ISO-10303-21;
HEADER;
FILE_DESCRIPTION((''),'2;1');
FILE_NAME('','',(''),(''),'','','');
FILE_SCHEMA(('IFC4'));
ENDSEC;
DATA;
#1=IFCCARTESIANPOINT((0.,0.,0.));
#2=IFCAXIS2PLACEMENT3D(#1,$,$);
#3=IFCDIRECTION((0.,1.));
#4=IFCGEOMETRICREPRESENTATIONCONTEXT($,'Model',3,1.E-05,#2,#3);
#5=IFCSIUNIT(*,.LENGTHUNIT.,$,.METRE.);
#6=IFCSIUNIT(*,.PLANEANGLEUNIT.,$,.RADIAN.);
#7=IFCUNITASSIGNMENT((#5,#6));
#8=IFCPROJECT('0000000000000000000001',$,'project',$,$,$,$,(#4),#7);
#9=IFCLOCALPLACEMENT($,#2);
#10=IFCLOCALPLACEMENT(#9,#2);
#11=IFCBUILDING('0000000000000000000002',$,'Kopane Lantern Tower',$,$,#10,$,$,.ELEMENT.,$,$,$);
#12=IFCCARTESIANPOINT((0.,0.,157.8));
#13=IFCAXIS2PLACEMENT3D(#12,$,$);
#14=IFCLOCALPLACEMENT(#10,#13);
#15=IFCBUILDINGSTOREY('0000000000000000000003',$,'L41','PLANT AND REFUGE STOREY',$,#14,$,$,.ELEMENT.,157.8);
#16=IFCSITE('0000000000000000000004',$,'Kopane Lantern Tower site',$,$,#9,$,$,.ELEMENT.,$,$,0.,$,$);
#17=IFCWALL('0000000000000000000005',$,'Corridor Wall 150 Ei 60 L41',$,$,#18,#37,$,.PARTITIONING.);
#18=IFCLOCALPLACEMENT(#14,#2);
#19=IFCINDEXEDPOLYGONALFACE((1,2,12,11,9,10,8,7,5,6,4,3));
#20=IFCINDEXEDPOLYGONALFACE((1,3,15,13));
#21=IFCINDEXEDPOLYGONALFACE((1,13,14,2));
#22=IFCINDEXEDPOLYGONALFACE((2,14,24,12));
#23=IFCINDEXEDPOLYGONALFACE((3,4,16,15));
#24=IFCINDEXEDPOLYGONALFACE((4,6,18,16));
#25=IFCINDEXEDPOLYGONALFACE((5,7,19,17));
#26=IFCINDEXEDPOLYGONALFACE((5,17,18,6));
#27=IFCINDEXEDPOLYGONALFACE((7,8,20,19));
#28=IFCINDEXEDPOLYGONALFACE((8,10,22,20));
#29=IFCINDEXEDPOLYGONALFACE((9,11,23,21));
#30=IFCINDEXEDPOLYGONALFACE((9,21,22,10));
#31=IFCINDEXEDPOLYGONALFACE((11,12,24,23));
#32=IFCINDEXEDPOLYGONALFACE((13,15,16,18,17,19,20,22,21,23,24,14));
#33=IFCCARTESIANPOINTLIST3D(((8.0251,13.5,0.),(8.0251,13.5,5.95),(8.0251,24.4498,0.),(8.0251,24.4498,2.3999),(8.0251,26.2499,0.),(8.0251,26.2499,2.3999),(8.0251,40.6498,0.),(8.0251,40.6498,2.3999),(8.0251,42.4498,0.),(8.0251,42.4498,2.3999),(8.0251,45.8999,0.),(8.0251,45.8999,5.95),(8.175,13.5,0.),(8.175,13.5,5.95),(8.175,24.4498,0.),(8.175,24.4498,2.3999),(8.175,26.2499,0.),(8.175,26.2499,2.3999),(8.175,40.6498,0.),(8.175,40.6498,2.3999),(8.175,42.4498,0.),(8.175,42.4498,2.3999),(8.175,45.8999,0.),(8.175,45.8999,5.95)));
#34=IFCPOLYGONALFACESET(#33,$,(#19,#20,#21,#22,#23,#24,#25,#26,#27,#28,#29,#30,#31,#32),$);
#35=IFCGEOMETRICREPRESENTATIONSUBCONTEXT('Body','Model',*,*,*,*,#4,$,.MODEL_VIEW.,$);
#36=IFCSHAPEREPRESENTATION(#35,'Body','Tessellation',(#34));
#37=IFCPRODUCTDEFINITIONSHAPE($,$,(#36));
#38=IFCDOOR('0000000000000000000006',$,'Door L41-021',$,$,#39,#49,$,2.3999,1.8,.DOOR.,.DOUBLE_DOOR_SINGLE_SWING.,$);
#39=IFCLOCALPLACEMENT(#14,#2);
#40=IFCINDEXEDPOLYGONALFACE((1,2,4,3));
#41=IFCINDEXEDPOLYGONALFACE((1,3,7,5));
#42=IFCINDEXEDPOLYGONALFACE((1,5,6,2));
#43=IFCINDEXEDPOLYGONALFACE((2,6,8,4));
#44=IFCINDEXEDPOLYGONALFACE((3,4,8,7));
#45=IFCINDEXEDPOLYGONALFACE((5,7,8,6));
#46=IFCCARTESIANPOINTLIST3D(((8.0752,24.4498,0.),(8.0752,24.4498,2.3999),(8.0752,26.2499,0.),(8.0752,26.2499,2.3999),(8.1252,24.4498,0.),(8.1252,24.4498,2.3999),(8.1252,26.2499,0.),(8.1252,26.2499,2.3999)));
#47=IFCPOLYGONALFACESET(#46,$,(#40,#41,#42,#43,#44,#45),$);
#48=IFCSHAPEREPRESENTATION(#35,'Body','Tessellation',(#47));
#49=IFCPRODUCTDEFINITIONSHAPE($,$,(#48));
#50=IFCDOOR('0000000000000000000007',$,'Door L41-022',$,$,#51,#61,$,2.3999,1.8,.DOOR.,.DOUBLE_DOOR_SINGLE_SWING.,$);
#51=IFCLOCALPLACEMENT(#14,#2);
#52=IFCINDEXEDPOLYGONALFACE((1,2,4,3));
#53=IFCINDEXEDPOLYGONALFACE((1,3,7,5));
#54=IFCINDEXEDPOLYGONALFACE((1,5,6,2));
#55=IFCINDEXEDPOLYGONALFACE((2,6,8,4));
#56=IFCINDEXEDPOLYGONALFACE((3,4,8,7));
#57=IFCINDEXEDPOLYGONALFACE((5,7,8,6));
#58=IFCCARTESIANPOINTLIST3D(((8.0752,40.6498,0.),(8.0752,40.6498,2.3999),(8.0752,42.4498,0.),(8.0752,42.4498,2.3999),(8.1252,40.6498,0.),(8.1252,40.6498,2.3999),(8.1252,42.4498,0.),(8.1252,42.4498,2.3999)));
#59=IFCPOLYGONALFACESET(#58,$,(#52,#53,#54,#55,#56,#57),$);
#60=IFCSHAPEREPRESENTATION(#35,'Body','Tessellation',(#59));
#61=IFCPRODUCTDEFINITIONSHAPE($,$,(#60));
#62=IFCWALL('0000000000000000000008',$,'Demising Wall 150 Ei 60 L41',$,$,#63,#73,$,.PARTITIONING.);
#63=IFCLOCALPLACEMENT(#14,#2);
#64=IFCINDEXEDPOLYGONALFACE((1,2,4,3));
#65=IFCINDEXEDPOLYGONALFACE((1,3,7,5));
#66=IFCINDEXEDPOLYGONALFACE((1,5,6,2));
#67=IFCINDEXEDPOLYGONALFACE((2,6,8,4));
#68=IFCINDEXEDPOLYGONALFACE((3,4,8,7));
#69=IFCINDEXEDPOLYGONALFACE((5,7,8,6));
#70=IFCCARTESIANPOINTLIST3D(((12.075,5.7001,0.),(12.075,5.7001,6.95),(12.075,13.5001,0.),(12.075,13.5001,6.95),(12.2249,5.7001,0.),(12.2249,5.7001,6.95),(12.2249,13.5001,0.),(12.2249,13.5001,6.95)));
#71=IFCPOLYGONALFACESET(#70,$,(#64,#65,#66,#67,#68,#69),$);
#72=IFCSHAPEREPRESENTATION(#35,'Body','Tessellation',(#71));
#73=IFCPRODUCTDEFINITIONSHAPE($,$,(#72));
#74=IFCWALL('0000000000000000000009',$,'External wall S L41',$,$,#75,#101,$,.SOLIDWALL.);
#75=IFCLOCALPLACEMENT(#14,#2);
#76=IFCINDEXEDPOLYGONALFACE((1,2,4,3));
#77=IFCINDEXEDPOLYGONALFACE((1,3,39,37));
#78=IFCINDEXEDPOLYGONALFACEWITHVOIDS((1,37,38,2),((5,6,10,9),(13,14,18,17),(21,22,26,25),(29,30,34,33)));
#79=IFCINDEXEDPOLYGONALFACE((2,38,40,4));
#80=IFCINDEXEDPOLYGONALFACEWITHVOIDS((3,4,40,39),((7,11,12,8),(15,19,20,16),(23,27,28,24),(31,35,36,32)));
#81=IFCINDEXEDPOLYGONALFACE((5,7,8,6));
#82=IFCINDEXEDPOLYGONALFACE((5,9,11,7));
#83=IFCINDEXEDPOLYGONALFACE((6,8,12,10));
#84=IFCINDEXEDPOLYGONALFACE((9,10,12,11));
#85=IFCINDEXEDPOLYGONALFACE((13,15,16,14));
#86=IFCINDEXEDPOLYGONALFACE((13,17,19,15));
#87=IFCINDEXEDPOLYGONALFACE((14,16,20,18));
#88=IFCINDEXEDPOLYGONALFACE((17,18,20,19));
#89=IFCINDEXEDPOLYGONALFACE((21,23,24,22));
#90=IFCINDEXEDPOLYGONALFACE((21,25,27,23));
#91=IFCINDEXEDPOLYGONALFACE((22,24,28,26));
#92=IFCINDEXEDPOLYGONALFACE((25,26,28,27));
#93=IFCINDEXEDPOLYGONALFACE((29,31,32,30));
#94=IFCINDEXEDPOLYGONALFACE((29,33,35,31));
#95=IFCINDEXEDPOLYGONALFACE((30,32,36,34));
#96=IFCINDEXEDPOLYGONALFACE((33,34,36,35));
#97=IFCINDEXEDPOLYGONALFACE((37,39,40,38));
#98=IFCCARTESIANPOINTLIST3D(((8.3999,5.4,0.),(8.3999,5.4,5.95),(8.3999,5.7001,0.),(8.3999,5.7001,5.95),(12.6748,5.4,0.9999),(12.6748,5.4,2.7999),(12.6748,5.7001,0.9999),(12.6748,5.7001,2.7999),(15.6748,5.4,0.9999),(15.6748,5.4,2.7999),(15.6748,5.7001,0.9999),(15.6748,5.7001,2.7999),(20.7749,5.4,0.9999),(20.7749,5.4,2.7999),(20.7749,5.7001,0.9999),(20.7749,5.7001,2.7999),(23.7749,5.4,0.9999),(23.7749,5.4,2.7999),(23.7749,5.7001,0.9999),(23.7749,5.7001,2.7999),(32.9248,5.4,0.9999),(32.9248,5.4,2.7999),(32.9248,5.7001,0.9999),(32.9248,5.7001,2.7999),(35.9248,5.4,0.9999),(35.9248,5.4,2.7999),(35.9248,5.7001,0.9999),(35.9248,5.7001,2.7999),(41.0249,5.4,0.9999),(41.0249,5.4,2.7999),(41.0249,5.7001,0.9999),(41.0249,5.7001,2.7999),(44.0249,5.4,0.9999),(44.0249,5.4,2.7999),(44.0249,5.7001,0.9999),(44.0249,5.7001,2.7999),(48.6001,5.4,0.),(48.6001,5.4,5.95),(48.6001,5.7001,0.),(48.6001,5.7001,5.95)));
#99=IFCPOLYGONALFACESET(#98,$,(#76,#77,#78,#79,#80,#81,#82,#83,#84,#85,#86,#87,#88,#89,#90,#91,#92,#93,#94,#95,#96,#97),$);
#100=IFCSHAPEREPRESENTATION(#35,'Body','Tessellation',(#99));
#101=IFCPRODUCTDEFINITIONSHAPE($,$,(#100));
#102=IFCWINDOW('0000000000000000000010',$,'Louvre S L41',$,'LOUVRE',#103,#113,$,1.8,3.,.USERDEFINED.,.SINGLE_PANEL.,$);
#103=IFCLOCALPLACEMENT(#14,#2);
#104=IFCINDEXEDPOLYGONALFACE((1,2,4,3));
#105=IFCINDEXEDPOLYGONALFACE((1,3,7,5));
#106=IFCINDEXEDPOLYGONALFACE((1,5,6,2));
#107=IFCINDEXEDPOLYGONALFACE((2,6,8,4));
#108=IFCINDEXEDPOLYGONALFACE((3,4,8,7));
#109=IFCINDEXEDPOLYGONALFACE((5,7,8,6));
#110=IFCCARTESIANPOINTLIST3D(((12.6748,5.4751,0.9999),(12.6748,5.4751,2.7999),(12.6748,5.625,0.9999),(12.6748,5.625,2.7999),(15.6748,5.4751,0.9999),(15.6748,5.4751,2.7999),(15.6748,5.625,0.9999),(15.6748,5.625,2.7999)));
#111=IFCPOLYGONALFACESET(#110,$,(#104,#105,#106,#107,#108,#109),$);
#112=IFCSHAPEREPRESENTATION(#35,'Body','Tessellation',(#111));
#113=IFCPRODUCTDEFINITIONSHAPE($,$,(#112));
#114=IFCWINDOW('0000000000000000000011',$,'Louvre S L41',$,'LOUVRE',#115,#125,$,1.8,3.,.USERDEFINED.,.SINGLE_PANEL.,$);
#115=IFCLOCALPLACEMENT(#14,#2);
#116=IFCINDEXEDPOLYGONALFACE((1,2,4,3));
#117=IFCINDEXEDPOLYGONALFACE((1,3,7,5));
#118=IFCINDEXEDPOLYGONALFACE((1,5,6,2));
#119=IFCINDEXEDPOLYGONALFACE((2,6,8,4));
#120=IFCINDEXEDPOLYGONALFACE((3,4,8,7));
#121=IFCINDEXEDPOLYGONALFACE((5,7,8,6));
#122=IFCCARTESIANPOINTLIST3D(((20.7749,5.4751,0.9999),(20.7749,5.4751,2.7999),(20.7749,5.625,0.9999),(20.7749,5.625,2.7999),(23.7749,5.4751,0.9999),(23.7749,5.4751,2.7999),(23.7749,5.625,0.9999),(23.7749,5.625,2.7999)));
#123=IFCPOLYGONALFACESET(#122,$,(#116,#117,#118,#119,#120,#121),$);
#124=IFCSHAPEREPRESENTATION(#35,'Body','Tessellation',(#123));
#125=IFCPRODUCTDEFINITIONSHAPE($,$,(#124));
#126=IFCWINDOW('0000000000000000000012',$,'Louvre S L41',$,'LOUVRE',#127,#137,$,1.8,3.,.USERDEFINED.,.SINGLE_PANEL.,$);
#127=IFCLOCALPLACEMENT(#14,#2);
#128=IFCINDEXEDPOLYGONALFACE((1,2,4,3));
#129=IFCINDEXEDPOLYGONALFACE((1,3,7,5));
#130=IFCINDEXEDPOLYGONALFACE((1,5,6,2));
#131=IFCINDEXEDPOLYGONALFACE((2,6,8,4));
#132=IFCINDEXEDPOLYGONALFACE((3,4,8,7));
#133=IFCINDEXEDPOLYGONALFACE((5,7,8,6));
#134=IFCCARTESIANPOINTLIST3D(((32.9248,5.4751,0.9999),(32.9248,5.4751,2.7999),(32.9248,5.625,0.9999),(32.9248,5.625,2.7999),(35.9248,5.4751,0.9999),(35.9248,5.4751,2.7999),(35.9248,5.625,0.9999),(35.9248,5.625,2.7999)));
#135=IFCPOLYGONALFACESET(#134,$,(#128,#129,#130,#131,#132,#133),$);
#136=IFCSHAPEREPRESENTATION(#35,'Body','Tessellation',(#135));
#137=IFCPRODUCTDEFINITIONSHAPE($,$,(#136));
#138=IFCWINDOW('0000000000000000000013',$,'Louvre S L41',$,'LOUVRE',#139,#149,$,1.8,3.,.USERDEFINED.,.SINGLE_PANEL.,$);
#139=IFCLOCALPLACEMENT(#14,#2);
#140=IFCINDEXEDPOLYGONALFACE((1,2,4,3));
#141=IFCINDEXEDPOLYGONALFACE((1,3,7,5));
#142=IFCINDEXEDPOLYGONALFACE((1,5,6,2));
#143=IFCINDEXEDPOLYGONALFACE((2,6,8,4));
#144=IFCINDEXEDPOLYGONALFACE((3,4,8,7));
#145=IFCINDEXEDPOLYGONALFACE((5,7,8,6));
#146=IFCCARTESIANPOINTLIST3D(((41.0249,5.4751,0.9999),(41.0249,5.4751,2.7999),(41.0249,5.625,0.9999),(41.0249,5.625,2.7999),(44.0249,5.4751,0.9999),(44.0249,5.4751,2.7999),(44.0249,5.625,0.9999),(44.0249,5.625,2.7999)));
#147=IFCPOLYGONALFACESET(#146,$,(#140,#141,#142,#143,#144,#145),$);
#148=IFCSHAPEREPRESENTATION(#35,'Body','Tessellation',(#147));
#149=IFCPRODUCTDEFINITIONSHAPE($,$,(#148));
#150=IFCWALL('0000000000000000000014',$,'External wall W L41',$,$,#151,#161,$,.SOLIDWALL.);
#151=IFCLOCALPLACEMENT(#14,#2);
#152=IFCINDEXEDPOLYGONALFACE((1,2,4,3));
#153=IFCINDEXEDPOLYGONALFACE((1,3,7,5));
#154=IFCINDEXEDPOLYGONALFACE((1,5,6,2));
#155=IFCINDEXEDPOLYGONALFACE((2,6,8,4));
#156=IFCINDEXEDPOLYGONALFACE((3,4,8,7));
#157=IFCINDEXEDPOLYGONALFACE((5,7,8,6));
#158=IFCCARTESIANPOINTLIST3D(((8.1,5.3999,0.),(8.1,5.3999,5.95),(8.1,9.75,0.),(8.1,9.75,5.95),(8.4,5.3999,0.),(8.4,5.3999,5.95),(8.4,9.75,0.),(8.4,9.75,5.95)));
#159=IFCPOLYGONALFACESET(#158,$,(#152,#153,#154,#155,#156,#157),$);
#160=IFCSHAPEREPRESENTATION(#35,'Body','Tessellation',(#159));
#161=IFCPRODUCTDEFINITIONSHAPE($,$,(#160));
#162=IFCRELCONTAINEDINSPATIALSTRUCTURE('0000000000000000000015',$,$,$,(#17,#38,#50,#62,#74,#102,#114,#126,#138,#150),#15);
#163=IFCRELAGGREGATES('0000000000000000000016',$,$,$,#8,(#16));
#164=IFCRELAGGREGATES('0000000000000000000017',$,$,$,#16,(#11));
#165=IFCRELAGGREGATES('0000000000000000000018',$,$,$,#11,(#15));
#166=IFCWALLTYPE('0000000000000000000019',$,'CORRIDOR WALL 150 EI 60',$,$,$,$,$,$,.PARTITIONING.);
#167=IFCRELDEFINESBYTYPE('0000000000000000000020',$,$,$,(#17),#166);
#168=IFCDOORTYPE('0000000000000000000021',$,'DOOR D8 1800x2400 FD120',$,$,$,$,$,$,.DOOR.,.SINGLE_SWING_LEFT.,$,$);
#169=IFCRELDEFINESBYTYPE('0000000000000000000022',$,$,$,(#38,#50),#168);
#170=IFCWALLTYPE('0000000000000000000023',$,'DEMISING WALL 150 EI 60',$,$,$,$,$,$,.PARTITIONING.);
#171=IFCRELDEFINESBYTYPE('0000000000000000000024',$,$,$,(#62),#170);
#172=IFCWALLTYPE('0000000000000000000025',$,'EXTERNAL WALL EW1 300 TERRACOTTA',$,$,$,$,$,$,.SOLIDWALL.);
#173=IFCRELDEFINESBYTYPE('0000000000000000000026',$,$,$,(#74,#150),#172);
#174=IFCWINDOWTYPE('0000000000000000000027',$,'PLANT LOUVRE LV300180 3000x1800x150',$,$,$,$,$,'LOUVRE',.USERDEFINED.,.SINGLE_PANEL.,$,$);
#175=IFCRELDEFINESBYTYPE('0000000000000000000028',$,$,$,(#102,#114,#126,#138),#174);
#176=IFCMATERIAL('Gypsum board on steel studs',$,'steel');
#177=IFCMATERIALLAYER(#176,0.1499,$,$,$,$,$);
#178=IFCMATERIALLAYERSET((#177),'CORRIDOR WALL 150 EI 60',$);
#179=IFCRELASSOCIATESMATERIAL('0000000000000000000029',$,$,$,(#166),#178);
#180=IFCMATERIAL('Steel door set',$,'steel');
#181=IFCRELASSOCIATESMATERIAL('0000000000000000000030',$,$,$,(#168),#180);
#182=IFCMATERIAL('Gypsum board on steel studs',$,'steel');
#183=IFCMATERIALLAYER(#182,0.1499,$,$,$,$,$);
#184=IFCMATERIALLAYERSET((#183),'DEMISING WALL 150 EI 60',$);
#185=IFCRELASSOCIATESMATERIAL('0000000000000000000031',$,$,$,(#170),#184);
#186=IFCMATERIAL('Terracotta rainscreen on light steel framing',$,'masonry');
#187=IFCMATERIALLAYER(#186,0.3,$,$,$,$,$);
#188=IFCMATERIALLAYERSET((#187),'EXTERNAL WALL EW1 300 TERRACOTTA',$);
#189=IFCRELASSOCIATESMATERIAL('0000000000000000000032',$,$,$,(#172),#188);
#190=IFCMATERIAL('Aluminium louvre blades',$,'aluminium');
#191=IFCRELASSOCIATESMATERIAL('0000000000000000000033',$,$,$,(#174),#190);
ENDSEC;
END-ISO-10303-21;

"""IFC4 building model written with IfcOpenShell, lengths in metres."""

from ifc_helpers import new_model, si_unit, direction, frame, frame_2d, origin, place, context, subcontext, project, spatial, rectangle, extrude, material, layer, layer_set, type_object, element, fill, save


model = new_model("IFC4")

# Units and contexts
model_context = context("Model", 3, precision=1e-05, world=origin(), true_north=direction((0.0, 1.0)))
body_context = subcontext(model_context, "Body", "Model", "MODEL_VIEW")
ifc_project = project(units=[si_unit("LENGTHUNIT", "METRE"), si_unit("PLANEANGLEUNIT", "RADIAN")], contexts=[model_context])

# Site, building, storey
site_placement = place(None, origin())
site = spatial("IfcSite", under=ifc_project, at=site_placement, Name="Kopane Lantern Tower site", CompositionType="ELEMENT", RefElevation=0.0)
building_placement = place(site_placement, origin())
building = spatial("IfcBuilding", under=site, at=building_placement, Name="Kopane Lantern Tower", CompositionType="ELEMENT")
storey_placement = place(building_placement, frame((0.0, 0.0, 157.8)))
storey = spatial("IfcBuildingStorey", under=building, at=storey_placement, Name="L41", Description="PLANT AND REFUGE STOREY", CompositionType="ELEMENT", Elevation=157.8)

# Wall, openings, doors
ifc_material_1 = material(Name="Gypsum board on steel studs", Category="steel")
ifc_layer_1 = layer(ifc_material_1, 0.1499)
ifc_layer_set_1 = layer_set([ifc_layer_1], Name="CORRIDOR WALL 150 EI 60")
wall_type_1 = type_object("IfcWallType", Name="CORRIDOR WALL 150 EI 60", PredefinedType="PARTITIONING", material=ifc_layer_set_1)
ifc_material_2 = material(Name="Steel door set", Category="steel")
door_type_1 = type_object("IfcDoorType", Name="DOOR D8 1800x2400 FD120", OperationType="SINGLE_SWING_LEFT", PredefinedType="DOOR", material=ifc_material_2)
wall_1_placement = place(storey_placement, frame((8.1001, 13.5, 0.0), z_axis=(0.0, 0.0, 1.0), x_axis=(0.0, 1.0, 0.0)))
wall_1 = element("IfcWall", 1, at=wall_1_placement, inside=storey, type_object=wall_type_1, Name="Corridor Wall 150 Ei 60 L41", PredefinedType="PARTITIONING", context=body_context, shape_type="SweptSolid", body=[
    extrude(rectangle(XDim=32.3999, YDim=0.1499, at=frame_2d((16.2, 0.0))), origin(), (0.0, 0.0, 1.0), 5.95),
])
opening_1_placement = place(wall_1_placement, frame((10.95, 0.0, 0.0)))
opening_1 = element("IfcOpeningElement", 2, at=opening_1_placement, cuts=wall_1, PredefinedType="OPENING", context=body_context, shape_type="SweptSolid", body=[
    extrude(rectangle(XDim=1.8, YDim=2.3999, at=frame_2d((0.8999, 1.2))), frame((0.0, 0.085, 0.0), z_axis=(0.0, -1.0, 0.0), x_axis=(1.0, 0.0, 0.0)), (0.0, 0.0, 1.0), 0.1699),
])
opening_2_placement = place(wall_1_placement, frame((27.1499, 0.0, 0.0)))
opening_2 = element("IfcOpeningElement", 3, at=opening_2_placement, cuts=wall_1, PredefinedType="OPENING", context=body_context, shape_type="SweptSolid", body=[
    extrude(rectangle(XDim=1.8, YDim=2.3999, at=frame_2d((0.8999, 1.2))), frame((0.0, 0.085, 0.0), z_axis=(0.0, -1.0, 0.0), x_axis=(1.0, 0.0, 0.0)), (0.0, 0.0, 1.0), 0.1699),
])
door_1_placement = place(opening_1_placement, origin())
door_1 = element("IfcDoor", 4, at=door_1_placement, inside=storey, type_object=door_type_1, Name="Door L41-021", OperationType="DOUBLE_DOOR_SINGLE_SWING", OverallHeight=2.3999, OverallWidth=1.8, PredefinedType="DOOR", context=body_context, shape_type="SweptSolid", body=[
    extrude(rectangle(XDim=1.8, YDim=2.3999, at=frame_2d((0.8999, 1.2))), frame((0.0, 0.0249, 0.0), z_axis=(0.0, -1.0, 0.0), x_axis=(1.0, 0.0, 0.0)), (0.0, 0.0, 1.0), 0.05),
])
fill(opening_1, door_1)
door_2_placement = place(opening_2_placement, origin())
door_2 = element("IfcDoor", 5, at=door_2_placement, inside=storey, type_object=door_type_1, Name="Door L41-022", OperationType="DOUBLE_DOOR_SINGLE_SWING", OverallHeight=2.3999, OverallWidth=1.8, PredefinedType="DOOR", context=body_context, shape_type="SweptSolid", body=[
    extrude(rectangle(XDim=1.8, YDim=2.3999, at=frame_2d((0.8999, 1.2))), frame((0.0, 0.0249, 0.0), z_axis=(0.0, -1.0, 0.0), x_axis=(1.0, 0.0, 0.0)), (0.0, 0.0, 1.0), 0.05),
])
fill(opening_2, door_2)

# Wall
ifc_material_3 = material(Name="Gypsum board on steel studs", Category="steel")
ifc_layer_2 = layer(ifc_material_3, 0.1499)
ifc_layer_set_2 = layer_set([ifc_layer_2], Name="DEMISING WALL 150 EI 60")
wall_type_2 = type_object("IfcWallType", Name="DEMISING WALL 150 EI 60", PredefinedType="PARTITIONING", material=ifc_layer_set_2)
wall_2_placement = place(storey_placement, frame((12.1499, 13.5, 0.0), z_axis=(0.0, 0.0, 1.0), x_axis=(0.0, -1.0, 0.0)))
element("IfcWall", 6, at=wall_2_placement, inside=storey, type_object=wall_type_2, Name="Demising Wall 150 Ei 60 L41", PredefinedType="PARTITIONING", context=body_context, shape_type="SweptSolid", body=[
    extrude(rectangle(XDim=7.8, YDim=0.1499, at=frame_2d((3.8999, 0.0))), origin(), (0.0, 0.0, 1.0), 6.95),
])

# Wall, openings, windows
ifc_material_4 = material(Name="Terracotta rainscreen on light steel framing", Category="masonry")
ifc_layer_3 = layer(ifc_material_4, 0.3)
ifc_layer_set_3 = layer_set([ifc_layer_3], Name="EXTERNAL WALL EW1 300 TERRACOTTA")
wall_type_3 = type_object("IfcWallType", Name="EXTERNAL WALL EW1 300 TERRACOTTA", PredefinedType="SOLIDWALL", material=ifc_layer_set_3)
wall_3_placement = place(storey_placement, frame((8.3999, 5.55, 0.0), z_axis=(0.0, 0.0, 1.0), x_axis=(1.0, 0.0, 0.0)))
wall_3 = element("IfcWall", 7, at=wall_3_placement, inside=storey, type_object=wall_type_3, Name="External wall S L41", PredefinedType="SOLIDWALL", context=body_context, shape_type="SweptSolid", body=[
    extrude(rectangle(XDim=40.2002, YDim=0.3, at=frame_2d((20.1001, 0.0))), origin(), (0.0, 0.0, 1.0), 5.95),
])
opening_3_placement = place(wall_3_placement, frame((4.2749, 0.0, 1.0)))
opening_3 = element("IfcOpeningElement", 8, at=opening_3_placement, cuts=wall_3, PredefinedType="OPENING", context=body_context, shape_type="SweptSolid", body=[
    extrude(rectangle(XDim=3.0, YDim=1.8, at=frame_2d((1.5, 0.8999))), frame((0.0, 0.1599, 0.0), z_axis=(0.0, -1.0, 0.0), x_axis=(1.0, 0.0, 0.0)), (0.0, 0.0, 1.0), 0.3201),
])
opening_4_placement = place(wall_3_placement, frame((12.375, 0.0, 1.0)))
opening_4 = element("IfcOpeningElement", 9, at=opening_4_placement, cuts=wall_3, PredefinedType="OPENING", context=body_context, shape_type="SweptSolid", body=[
    extrude(rectangle(XDim=3.0, YDim=1.8, at=frame_2d((1.5, 0.8999))), frame((0.0, 0.1599, 0.0), z_axis=(0.0, -1.0, 0.0), x_axis=(1.0, 0.0, 0.0)), (0.0, 0.0, 1.0), 0.3201),
])
opening_5_placement = place(wall_3_placement, frame((24.5249, 0.0, 1.0)))
opening_5 = element("IfcOpeningElement", 10, at=opening_5_placement, cuts=wall_3, PredefinedType="OPENING", context=body_context, shape_type="SweptSolid", body=[
    extrude(rectangle(XDim=3.0, YDim=1.8, at=frame_2d((1.5, 0.8999))), frame((0.0, 0.1599, 0.0), z_axis=(0.0, -1.0, 0.0), x_axis=(1.0, 0.0, 0.0)), (0.0, 0.0, 1.0), 0.3201),
])
opening_6_placement = place(wall_3_placement, frame((32.625, 0.0, 1.0)))
opening_6 = element("IfcOpeningElement", 11, at=opening_6_placement, cuts=wall_3, PredefinedType="OPENING", context=body_context, shape_type="SweptSolid", body=[
    extrude(rectangle(XDim=3.0, YDim=1.8, at=frame_2d((1.5, 0.8999))), frame((0.0, 0.1599, 0.0), z_axis=(0.0, -1.0, 0.0), x_axis=(1.0, 0.0, 0.0)), (0.0, 0.0, 1.0), 0.3201),
])
ifc_material_5 = material(Name="Aluminium louvre blades", Category="aluminium")
window_type = type_object("IfcWindowType", Name="PLANT LOUVRE LV300180 3000x1800x150", ElementType="LOUVRE", PartitioningType="SINGLE_PANEL", PredefinedType="USERDEFINED", material=ifc_material_5)
window_1_placement = place(opening_3_placement, origin())
window_1 = element("IfcWindow", 12, at=window_1_placement, inside=storey, type_object=window_type, Name="Louvre S L41", ObjectType="LOUVRE", OverallHeight=1.8, OverallWidth=3.0, PartitioningType="SINGLE_PANEL", PredefinedType="USERDEFINED", context=body_context, shape_type="SweptSolid", body=[
    extrude(rectangle(XDim=3.0, YDim=1.8, at=frame_2d((1.5, 0.8999))), frame((0.0, 0.075, 0.0), z_axis=(0.0, -1.0, 0.0), x_axis=(1.0, 0.0, 0.0)), (0.0, 0.0, 1.0), 0.1499),
])
fill(opening_3, window_1)
window_2_placement = place(opening_4_placement, origin())
window_2 = element("IfcWindow", 13, at=window_2_placement, inside=storey, type_object=window_type, Name="Louvre S L41", ObjectType="LOUVRE", OverallHeight=1.8, OverallWidth=3.0, PartitioningType="SINGLE_PANEL", PredefinedType="USERDEFINED", context=body_context, shape_type="SweptSolid", body=[
    extrude(rectangle(XDim=3.0, YDim=1.8, at=frame_2d((1.5, 0.8999))), frame((0.0, 0.075, 0.0), z_axis=(0.0, -1.0, 0.0), x_axis=(1.0, 0.0, 0.0)), (0.0, 0.0, 1.0), 0.1499),
])
fill(opening_4, window_2)
window_3_placement = place(opening_5_placement, origin())
window_3 = element("IfcWindow", 14, at=window_3_placement, inside=storey, type_object=window_type, Name="Louvre S L41", ObjectType="LOUVRE", OverallHeight=1.8, OverallWidth=3.0, PartitioningType="SINGLE_PANEL", PredefinedType="USERDEFINED", context=body_context, shape_type="SweptSolid", body=[
    extrude(rectangle(XDim=3.0, YDim=1.8, at=frame_2d((1.5, 0.8999))), frame((0.0, 0.075, 0.0), z_axis=(0.0, -1.0, 0.0), x_axis=(1.0, 0.0, 0.0)), (0.0, 0.0, 1.0), 0.1499),
])
fill(opening_5, window_3)
window_4_placement = place(opening_6_placement, origin())
window_4 = element("IfcWindow", 15, at=window_4_placement, inside=storey, type_object=window_type, Name="Louvre S L41", ObjectType="LOUVRE", OverallHeight=1.8, OverallWidth=3.0, PartitioningType="SINGLE_PANEL", PredefinedType="USERDEFINED", context=body_context, shape_type="SweptSolid", body=[
    extrude(rectangle(XDim=3.0, YDim=1.8, at=frame_2d((1.5, 0.8999))), frame((0.0, 0.075, 0.0), z_axis=(0.0, -1.0, 0.0), x_axis=(1.0, 0.0, 0.0)), (0.0, 0.0, 1.0), 0.1499),
])
fill(opening_6, window_4)

# Wall
wall_4_placement = place(storey_placement, frame((8.25, 9.75, 0.0), z_axis=(0.0, 0.0, 1.0), x_axis=(0.0, -1.0, 0.0)))
element("IfcWall", 16, at=wall_4_placement, inside=storey, type_object=wall_type_3, Name="External wall W L41", PredefinedType="SOLIDWALL", context=body_context, shape_type="SweptSolid", body=[
    extrude(rectangle(XDim=4.3501, YDim=0.3, at=frame_2d((2.175, 0.0))), origin(), (0.0, 0.0, 1.0), 5.95),
])

save(model, "model.ifc")
